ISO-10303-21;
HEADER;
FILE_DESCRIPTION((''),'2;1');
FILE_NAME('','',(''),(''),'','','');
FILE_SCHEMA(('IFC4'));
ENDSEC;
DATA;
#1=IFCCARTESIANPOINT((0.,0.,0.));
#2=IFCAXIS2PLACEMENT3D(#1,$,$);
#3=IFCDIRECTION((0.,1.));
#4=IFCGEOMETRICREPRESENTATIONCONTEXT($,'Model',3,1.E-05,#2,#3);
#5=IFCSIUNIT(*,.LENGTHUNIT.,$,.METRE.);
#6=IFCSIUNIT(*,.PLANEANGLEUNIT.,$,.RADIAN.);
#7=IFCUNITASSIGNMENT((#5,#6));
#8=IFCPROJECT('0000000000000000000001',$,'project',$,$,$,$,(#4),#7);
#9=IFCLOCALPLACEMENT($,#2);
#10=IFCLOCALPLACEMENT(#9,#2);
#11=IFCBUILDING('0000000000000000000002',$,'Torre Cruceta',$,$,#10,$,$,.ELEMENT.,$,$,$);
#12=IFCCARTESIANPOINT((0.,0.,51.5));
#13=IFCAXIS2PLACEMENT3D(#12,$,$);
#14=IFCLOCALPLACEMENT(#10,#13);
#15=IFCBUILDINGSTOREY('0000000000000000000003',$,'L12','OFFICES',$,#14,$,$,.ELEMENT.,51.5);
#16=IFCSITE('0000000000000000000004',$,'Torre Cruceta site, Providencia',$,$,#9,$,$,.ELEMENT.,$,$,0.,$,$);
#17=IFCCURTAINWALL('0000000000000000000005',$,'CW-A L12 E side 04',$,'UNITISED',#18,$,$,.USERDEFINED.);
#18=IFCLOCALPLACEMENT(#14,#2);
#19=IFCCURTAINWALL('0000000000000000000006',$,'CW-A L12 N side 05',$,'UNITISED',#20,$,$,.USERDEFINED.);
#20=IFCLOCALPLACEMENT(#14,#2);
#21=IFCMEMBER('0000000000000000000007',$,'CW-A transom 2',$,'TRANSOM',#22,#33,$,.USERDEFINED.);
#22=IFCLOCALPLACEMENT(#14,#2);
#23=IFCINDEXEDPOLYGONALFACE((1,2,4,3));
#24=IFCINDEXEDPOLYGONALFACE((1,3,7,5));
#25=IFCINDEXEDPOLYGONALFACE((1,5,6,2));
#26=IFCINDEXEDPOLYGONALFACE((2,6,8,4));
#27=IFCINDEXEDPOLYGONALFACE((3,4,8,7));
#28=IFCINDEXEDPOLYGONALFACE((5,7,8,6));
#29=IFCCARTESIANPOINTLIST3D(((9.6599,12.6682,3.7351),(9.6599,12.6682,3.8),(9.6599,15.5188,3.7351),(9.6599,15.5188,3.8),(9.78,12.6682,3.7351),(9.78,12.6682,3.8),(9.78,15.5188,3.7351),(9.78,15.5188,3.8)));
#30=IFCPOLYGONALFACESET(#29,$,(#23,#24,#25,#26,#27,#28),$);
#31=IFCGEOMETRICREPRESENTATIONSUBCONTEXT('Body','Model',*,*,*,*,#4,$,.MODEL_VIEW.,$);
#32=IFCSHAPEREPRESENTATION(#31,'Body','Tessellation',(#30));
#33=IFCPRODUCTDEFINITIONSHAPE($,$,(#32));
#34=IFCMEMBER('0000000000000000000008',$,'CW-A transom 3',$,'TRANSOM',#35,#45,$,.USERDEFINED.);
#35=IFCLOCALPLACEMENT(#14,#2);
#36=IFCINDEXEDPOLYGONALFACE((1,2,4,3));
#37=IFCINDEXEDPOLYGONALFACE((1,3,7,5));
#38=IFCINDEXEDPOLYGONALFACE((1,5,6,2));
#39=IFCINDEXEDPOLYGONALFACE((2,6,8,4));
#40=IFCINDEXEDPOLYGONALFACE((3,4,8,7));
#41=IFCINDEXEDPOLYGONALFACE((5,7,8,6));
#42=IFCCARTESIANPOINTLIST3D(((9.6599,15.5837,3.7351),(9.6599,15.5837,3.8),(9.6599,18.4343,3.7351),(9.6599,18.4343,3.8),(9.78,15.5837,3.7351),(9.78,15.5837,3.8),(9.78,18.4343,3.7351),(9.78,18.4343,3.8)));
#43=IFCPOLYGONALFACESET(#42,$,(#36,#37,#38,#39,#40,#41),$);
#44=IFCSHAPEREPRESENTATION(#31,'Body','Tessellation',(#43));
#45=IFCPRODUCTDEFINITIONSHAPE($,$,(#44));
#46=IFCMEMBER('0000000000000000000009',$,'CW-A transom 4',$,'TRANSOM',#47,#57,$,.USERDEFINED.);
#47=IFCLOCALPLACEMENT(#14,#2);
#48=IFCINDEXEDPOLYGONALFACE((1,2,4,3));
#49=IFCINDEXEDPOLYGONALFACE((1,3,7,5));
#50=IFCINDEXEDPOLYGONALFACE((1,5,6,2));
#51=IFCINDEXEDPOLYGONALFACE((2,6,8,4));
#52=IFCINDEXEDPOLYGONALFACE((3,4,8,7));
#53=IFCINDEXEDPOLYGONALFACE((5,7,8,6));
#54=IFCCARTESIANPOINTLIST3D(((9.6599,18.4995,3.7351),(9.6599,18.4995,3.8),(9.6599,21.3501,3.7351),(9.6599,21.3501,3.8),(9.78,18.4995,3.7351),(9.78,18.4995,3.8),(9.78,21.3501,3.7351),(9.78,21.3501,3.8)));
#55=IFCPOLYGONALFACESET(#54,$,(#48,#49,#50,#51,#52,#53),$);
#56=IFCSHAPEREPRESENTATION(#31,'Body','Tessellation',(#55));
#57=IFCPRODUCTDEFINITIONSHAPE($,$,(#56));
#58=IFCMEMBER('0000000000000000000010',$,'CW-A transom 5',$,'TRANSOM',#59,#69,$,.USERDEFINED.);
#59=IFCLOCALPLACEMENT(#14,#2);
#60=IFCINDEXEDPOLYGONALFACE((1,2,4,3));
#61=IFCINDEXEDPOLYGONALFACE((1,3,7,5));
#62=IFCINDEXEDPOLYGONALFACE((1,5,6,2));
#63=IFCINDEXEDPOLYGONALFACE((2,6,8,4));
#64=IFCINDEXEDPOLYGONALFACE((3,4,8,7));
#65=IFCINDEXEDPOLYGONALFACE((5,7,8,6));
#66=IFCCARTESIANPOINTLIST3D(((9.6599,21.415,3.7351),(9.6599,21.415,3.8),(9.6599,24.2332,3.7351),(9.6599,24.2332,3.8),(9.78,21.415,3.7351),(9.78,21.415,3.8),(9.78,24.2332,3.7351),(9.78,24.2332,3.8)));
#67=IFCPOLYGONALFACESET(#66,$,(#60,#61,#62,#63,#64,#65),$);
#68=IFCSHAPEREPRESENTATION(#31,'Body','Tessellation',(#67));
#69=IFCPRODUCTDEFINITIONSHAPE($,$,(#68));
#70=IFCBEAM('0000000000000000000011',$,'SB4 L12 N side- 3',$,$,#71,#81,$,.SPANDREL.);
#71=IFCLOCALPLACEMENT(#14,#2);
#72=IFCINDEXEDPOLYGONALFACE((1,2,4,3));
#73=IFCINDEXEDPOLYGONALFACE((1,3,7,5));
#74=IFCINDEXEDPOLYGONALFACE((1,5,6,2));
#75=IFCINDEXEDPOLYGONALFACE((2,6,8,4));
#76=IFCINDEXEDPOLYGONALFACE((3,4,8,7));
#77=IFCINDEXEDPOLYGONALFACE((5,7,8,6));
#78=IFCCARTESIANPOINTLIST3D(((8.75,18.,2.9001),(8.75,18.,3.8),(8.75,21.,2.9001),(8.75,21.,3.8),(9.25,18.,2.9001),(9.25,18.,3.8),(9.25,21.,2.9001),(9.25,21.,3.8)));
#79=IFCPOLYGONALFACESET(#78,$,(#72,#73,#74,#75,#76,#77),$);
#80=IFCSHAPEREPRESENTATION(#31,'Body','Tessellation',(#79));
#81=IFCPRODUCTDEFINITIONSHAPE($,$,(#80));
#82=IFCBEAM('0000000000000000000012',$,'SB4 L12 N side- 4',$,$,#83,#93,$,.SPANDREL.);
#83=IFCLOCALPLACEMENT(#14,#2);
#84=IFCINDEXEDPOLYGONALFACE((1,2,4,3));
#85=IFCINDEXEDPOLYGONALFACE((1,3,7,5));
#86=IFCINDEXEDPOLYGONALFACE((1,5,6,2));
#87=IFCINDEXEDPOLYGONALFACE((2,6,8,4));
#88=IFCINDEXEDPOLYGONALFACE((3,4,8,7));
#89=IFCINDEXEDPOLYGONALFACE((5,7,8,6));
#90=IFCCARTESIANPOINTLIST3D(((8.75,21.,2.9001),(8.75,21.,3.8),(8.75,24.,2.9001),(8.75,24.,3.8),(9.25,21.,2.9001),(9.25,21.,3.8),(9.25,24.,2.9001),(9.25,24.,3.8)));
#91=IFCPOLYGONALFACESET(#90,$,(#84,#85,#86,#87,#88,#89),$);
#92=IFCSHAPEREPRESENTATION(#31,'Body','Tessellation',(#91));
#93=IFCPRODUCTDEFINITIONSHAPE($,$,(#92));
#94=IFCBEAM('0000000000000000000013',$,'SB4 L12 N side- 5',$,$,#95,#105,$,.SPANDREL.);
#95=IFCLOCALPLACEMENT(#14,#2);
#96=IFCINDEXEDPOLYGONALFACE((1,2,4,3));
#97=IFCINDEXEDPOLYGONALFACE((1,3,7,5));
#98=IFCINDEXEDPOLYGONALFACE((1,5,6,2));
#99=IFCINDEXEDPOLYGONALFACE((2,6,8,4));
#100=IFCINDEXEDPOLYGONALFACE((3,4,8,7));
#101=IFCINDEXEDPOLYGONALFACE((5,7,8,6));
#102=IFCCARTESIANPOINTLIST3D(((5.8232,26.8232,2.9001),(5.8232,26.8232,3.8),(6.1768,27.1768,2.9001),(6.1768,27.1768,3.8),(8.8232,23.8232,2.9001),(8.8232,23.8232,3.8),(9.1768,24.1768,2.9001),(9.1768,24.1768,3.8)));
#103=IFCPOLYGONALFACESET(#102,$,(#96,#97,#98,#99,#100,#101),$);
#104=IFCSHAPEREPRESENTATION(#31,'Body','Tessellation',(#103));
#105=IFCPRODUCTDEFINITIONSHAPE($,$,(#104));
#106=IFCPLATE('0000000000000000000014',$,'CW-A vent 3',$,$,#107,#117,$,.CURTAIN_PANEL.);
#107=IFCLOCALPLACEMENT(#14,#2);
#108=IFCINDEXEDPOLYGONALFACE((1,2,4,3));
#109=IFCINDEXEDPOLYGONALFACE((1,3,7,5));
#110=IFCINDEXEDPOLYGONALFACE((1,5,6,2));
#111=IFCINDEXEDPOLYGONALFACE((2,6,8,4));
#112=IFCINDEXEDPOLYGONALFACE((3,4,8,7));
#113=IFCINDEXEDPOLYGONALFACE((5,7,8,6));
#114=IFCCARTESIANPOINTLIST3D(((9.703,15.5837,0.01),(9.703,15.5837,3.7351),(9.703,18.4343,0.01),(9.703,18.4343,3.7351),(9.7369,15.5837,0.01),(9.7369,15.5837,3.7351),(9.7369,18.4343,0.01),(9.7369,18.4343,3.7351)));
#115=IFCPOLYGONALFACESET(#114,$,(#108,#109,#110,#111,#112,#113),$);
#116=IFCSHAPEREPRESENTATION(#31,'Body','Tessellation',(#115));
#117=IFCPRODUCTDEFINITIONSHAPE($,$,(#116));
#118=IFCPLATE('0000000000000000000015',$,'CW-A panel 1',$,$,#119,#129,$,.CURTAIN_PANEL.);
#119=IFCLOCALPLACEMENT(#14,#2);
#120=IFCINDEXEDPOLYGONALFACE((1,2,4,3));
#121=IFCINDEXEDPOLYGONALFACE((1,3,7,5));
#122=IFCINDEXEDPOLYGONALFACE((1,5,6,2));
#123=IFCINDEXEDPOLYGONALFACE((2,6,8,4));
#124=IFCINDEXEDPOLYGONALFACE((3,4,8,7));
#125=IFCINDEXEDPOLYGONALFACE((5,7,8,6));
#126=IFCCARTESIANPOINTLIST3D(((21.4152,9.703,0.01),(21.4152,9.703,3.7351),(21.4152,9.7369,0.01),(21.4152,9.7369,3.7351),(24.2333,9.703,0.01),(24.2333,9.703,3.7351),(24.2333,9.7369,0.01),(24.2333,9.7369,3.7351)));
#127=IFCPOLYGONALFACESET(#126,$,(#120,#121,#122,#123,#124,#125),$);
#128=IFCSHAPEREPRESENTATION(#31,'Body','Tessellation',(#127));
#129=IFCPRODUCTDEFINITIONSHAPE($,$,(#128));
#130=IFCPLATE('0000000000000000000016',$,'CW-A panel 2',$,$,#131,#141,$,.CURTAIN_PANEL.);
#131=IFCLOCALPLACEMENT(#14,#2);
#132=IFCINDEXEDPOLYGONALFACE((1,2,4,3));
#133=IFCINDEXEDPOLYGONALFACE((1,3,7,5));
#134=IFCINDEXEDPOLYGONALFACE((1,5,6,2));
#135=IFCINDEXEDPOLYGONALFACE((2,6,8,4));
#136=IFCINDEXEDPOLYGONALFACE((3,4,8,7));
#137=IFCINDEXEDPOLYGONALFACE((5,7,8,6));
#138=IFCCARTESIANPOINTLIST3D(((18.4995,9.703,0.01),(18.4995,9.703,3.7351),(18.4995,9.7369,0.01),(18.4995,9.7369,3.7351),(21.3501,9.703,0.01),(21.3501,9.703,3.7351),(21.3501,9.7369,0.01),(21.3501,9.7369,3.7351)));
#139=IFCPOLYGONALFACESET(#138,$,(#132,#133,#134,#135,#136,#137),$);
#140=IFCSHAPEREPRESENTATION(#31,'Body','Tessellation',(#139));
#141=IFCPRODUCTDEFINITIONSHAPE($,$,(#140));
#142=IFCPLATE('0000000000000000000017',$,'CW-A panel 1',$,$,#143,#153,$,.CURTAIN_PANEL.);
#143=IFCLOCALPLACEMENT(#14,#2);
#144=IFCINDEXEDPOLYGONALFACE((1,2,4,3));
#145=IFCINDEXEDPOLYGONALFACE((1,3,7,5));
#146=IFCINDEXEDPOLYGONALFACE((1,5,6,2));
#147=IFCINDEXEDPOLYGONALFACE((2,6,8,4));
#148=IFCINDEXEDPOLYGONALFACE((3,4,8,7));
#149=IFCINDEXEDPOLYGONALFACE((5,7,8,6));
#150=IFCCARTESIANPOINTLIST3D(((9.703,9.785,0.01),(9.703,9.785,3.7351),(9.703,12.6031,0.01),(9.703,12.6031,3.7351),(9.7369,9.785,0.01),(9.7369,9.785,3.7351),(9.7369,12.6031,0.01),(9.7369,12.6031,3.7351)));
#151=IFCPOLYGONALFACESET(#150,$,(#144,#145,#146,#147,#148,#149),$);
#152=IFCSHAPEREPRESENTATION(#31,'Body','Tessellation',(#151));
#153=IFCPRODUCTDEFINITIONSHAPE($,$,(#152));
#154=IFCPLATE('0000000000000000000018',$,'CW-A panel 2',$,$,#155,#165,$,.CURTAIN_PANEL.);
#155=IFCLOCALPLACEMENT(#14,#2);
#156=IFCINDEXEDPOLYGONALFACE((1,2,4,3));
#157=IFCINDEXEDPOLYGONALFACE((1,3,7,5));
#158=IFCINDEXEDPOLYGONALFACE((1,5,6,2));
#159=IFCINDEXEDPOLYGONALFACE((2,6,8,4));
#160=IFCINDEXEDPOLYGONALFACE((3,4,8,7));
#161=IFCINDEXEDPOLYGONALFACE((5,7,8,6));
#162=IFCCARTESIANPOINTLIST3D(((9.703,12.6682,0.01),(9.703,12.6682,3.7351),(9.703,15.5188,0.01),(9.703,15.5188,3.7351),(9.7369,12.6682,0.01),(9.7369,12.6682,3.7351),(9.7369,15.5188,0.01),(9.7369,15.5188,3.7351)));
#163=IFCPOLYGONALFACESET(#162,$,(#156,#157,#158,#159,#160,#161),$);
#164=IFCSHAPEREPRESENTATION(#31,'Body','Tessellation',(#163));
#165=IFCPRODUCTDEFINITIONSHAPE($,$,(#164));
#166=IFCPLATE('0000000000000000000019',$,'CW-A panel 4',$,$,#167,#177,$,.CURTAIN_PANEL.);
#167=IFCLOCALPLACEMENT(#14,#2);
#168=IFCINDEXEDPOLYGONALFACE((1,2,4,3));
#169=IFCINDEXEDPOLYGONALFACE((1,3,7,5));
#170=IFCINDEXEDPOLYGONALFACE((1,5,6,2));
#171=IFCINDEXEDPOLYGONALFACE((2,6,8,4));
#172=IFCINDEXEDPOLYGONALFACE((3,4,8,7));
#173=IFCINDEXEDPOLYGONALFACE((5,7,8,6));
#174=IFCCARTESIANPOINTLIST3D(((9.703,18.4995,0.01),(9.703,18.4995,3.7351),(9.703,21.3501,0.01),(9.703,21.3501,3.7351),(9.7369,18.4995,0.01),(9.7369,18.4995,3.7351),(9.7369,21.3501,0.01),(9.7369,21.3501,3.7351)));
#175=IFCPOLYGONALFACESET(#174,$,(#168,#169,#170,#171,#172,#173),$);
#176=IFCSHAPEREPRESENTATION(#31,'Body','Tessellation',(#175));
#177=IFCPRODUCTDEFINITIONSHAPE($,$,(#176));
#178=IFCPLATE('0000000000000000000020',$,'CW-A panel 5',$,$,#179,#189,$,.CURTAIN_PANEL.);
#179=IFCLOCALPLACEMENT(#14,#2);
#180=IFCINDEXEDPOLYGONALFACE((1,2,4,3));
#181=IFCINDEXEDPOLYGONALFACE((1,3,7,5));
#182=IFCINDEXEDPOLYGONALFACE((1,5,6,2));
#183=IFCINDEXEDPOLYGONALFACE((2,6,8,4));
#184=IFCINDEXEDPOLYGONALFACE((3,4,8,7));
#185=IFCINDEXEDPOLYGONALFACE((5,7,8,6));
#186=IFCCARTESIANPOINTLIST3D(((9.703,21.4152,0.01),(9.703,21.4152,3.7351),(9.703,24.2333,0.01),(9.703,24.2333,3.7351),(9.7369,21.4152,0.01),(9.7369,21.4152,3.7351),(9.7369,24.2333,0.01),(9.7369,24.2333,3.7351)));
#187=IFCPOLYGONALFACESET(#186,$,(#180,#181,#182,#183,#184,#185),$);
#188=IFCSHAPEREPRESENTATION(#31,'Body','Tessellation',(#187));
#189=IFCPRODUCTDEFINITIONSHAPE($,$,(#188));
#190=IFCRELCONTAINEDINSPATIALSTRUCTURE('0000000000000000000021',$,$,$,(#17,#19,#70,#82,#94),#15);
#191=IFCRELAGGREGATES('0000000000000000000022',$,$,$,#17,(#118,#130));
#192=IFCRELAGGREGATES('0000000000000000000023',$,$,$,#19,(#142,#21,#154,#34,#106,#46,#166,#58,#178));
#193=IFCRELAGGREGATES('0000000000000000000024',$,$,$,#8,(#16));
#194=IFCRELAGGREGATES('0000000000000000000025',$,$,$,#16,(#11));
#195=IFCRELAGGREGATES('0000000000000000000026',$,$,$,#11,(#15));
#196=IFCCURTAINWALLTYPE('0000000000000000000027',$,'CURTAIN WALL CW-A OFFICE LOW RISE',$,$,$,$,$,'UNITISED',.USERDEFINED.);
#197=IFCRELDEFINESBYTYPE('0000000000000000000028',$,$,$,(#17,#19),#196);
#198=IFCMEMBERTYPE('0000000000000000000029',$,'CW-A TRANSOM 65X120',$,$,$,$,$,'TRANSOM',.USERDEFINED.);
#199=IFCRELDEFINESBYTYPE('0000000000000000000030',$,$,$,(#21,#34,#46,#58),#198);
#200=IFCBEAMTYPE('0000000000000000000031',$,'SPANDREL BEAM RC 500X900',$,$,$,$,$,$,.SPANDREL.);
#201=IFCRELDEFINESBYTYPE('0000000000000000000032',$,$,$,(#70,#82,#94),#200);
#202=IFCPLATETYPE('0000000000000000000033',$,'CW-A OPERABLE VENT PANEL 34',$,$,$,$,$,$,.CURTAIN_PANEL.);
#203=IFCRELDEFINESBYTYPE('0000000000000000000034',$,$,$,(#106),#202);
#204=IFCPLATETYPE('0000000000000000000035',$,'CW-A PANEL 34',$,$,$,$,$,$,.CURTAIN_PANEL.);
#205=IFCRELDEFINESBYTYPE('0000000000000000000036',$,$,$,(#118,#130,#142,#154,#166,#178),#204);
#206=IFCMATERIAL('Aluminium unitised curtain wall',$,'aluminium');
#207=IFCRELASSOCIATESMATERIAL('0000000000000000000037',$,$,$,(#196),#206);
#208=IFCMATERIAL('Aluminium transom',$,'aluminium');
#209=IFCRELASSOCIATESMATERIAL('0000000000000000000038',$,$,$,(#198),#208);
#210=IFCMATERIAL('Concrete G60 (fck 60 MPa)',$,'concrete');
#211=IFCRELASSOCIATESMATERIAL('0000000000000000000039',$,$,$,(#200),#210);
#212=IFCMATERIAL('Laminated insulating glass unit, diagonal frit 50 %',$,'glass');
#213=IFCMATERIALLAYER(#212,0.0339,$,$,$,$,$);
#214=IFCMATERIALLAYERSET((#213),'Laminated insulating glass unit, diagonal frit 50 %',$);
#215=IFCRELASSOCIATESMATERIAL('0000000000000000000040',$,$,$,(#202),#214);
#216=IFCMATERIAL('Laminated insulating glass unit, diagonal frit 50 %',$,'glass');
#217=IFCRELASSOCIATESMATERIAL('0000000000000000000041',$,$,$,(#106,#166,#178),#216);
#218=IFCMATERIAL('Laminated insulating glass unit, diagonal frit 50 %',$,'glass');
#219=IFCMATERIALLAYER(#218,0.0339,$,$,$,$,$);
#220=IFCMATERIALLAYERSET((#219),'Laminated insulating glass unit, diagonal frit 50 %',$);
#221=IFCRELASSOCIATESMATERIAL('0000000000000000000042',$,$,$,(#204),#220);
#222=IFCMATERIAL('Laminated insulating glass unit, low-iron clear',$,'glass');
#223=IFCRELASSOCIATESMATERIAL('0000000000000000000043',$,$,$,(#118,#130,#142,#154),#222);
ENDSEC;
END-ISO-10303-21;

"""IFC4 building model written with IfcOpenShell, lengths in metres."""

from ifc_helpers import new_model, si_unit, direction, frame, origin, origin_2d, place, context, subcontext, project, spatial, rectangle, extrude, material, layer, layer_set, material_profile, profile_set, type_object, element, aggregate, save


model = new_model("IFC4")

# Units and contexts
model_context = context("Model", 3, precision=1e-05, world=origin(), true_north=direction((0.0, 1.0)))
body_context = subcontext(model_context, "Body", "Model", "MODEL_VIEW")
ifc_project = project(units=[si_unit("LENGTHUNIT", "METRE"), si_unit("PLANEANGLEUNIT", "RADIAN")], contexts=[model_context])

# Site, building, storey
site_placement = place(None, origin())
site = spatial("IfcSite", under=ifc_project, at=site_placement, Name="Torre Cruceta site, Providencia", CompositionType="ELEMENT", RefElevation=0.0)
building_placement = place(site_placement, origin())
building = spatial("IfcBuilding", under=site, at=building_placement, Name="Torre Cruceta", CompositionType="ELEMENT")
storey_placement = place(building_placement, frame((0.0, 0.0, 51.5)))
storey = spatial("IfcBuildingStorey", under=building, at=storey_placement, Name="L12", Description="OFFICES", CompositionType="ELEMENT", Elevation=51.5)

# Curtain walls
ifc_material_1 = material(Name="Aluminium unitised curtain wall", Category="aluminium")
curtain_wall_type = type_object("IfcCurtainWallType", Name="CURTAIN WALL CW-A OFFICE LOW RISE", ElementType="UNITISED", PredefinedType="USERDEFINED", material=ifc_material_1)
curtain_wall_1_placement = place(storey_placement, origin())
curtain_wall_1 = element("IfcCurtainWall", 1, at=curtain_wall_1_placement, inside=storey, type_object=curtain_wall_type, Name="CW-A L12 E side 04", ObjectType="UNITISED", PredefinedType="USERDEFINED")
curtain_wall_2_placement = place(storey_placement, origin())
curtain_wall_2 = element("IfcCurtainWall", 2, at=curtain_wall_2_placement, inside=storey, type_object=curtain_wall_type, Name="CW-A L12 N side 05", ObjectType="UNITISED", PredefinedType="USERDEFINED")

# Members
ifc_material_2 = material(Name="Aluminium transom", Category="aluminium")
ifc_material_profile_1 = material_profile(ifc_material_2, rectangle(XDim=0.1201, YDim=0.0649, at=origin_2d()), Name="AL 120X65")
ifc_profile_set_1 = profile_set([ifc_material_profile_1], Name="Aluminium transom")
member_type_1 = type_object("IfcMemberType", Name="CW-A TRANSOM 65X120", ElementType="TRANSOM", PredefinedType="USERDEFINED", material=ifc_profile_set_1)
member_1_placement = place(storey_placement, frame((9.72, 12.6682, 3.7676), z_axis=(0.0, 1.0, 0.0), x_axis=(-1.0, 0.0, 0.0)))
member_1 = element("IfcMember", 3, at=member_1_placement, type_object=member_type_1, Name="CW-A transom 2", ObjectType="TRANSOM", PredefinedType="USERDEFINED", context=body_context, shape_type="SweptSolid", body=[
    extrude(rectangle(XDim=0.1201, YDim=0.0649, at=origin_2d()), origin(), (0.0, 0.0, 1.0), 2.8506),
])
member_2_placement = place(storey_placement, frame((9.72, 15.5837, 3.7676), z_axis=(0.0, 1.0, 0.0), x_axis=(-1.0, 0.0, 0.0)))
member_2 = element("IfcMember", 4, at=member_2_placement, type_object=member_type_1, Name="CW-A transom 3", ObjectType="TRANSOM", PredefinedType="USERDEFINED", context=body_context, shape_type="SweptSolid", body=[
    extrude(rectangle(XDim=0.1201, YDim=0.0649, at=origin_2d()), origin(), (0.0, 0.0, 1.0), 2.8506),
])
member_3_placement = place(storey_placement, frame((9.72, 18.4995, 3.7676), z_axis=(0.0, 1.0, 0.0), x_axis=(-1.0, 0.0, 0.0)))
member_3 = element("IfcMember", 5, at=member_3_placement, type_object=member_type_1, Name="CW-A transom 4", ObjectType="TRANSOM", PredefinedType="USERDEFINED", context=body_context, shape_type="SweptSolid", body=[
    extrude(rectangle(XDim=0.1201, YDim=0.0649, at=origin_2d()), origin(), (0.0, 0.0, 1.0), 2.8506),
])
member_4_placement = place(storey_placement, frame((9.72, 21.415, 3.7676), z_axis=(0.0, 1.0, 0.0), x_axis=(-1.0, 0.0, 0.0)))
member_4 = element("IfcMember", 6, at=member_4_placement, type_object=member_type_1, Name="CW-A transom 5", ObjectType="TRANSOM", PredefinedType="USERDEFINED", context=body_context, shape_type="SweptSolid", body=[
    extrude(rectangle(XDim=0.1201, YDim=0.0649, at=origin_2d()), origin(), (0.0, 0.0, 1.0), 2.8181),
])

# Beams
ifc_material_3 = material(Name="Concrete G60 (fck 60 MPa)", Category="concrete")
ifc_material_profile_2 = material_profile(ifc_material_3, rectangle(XDim=0.5, YDim=0.8999, at=origin_2d()), Name="RC 500X900")
ifc_profile_set_2 = profile_set([ifc_material_profile_2], Name="Concrete G60 (fck 60 MPa)")
beam_type_1 = type_object("IfcBeamType", Name="SPANDREL BEAM RC 500X900", PredefinedType="SPANDREL", material=ifc_profile_set_2)
for number, where, z_axis, x_axis, name in (
    (7, (9.0, 18.0, 3.3501), (0.0, 1.0, 0.0), (-1.0, 0.0, 0.0), "SB4 L12 N side- 3"),
    (8, (9.0, 21.0, 3.3501), (0.0, 1.0, 0.0), (-1.0, 0.0, 0.0), "SB4 L12 N side- 4"),
):
    element("IfcBeam", number, at=place(storey_placement, frame(where, z_axis=z_axis, x_axis=x_axis)), inside=storey, type_object=beam_type_1, Name=name, PredefinedType="SPANDREL", context=body_context, shape_type="SweptSolid", body=[
        extrude(rectangle(XDim=0.5, YDim=0.8999, at=origin_2d()), origin(), (0.0, 0.0, 1.0), 3.0),
    ])
beam_placement = place(storey_placement, frame((9.0, 24.0, 3.3501), z_axis=(-0.707107, 0.707107, 0.0), x_axis=(-0.707107, -0.707107, 0.0)))
element("IfcBeam", 9, at=beam_placement, inside=storey, type_object=beam_type_1, Name="SB4 L12 N side- 5", PredefinedType="SPANDREL", context=body_context, shape_type="SweptSolid", body=[
    extrude(rectangle(XDim=0.5, YDim=0.8999, at=origin_2d()), origin(), (0.0, 0.0, 1.0), 4.2427),
])

# Plates
ifc_material_4 = material(Name="Laminated insulating glass unit, diagonal frit 50 %", Category="glass")
ifc_material_5 = material(Name="Laminated insulating glass unit, diagonal frit 50 %", Category="glass")
ifc_layer_1 = layer(ifc_material_5, 0.0339)
ifc_layer_set_1 = layer_set([ifc_layer_1], Name="Laminated insulating glass unit, diagonal frit 50 %")
plate_type_1 = type_object("IfcPlateType", Name="CW-A OPERABLE VENT PANEL 34", PredefinedType="CURTAIN_PANEL", material=ifc_layer_set_1)
plate_1_placement = place(storey_placement, frame((9.72, 17.009, 0.01), z_axis=(0.0, 0.0, 1.0), x_axis=(0.0, 1.0, 0.0)))
plate_1 = element("IfcPlate", 10, at=plate_1_placement, type_object=plate_type_1, material=ifc_material_4, Name="CW-A vent 3", PredefinedType="CURTAIN_PANEL", context=body_context, shape_type="SweptSolid", body=[
    extrude(rectangle(XDim=2.8506, YDim=0.0339, at=origin_2d()), origin(), (0.0, 0.0, 1.0), 3.7251),
])
ifc_material_6 = material(Name="Laminated insulating glass unit, low-iron clear", Category="glass")
ifc_material_7 = material(Name="Laminated insulating glass unit, diagonal frit 50 %", Category="glass")
ifc_layer_2 = layer(ifc_material_7, 0.0339)
ifc_layer_set_2 = layer_set([ifc_layer_2], Name="Laminated insulating glass unit, diagonal frit 50 %")
plate_type_2 = type_object("IfcPlateType", Name="CW-A PANEL 34", PredefinedType="CURTAIN_PANEL", material=ifc_layer_set_2)
plate_2_placement = place(storey_placement, frame((22.8242, 9.72, 0.01), z_axis=(0.0, 0.0, 1.0), x_axis=(-1.0, 0.0, 0.0)))
plate_2 = element("IfcPlate", 11, at=plate_2_placement, type_object=plate_type_2, material=ifc_material_6, Name="CW-A panel 1", PredefinedType="CURTAIN_PANEL", context=body_context, shape_type="SweptSolid", body=[
    extrude(rectangle(XDim=2.8181, YDim=0.0339, at=origin_2d()), origin(), (0.0, 0.0, 1.0), 3.7251),
])
plate_3_placement = place(storey_placement, frame((19.9248, 9.72, 0.01), z_axis=(0.0, 0.0, 1.0), x_axis=(-1.0, 0.0, 0.0)))
plate_3 = element("IfcPlate", 12, at=plate_3_placement, type_object=plate_type_2, material=ifc_material_6, Name="CW-A panel 2", PredefinedType="CURTAIN_PANEL", context=body_context, shape_type="SweptSolid", body=[
    extrude(rectangle(XDim=2.8506, YDim=0.0339, at=origin_2d()), origin(), (0.0, 0.0, 1.0), 3.7251),
])
aggregate(curtain_wall_1, [plate_2, plate_3])
plate_4_placement = place(storey_placement, frame((9.72, 11.1941, 0.01), z_axis=(0.0, 0.0, 1.0), x_axis=(0.0, 1.0, 0.0)))
plate_4 = element("IfcPlate", 13, at=plate_4_placement, type_object=plate_type_2, material=ifc_material_6, Name="CW-A panel 1", PredefinedType="CURTAIN_PANEL", context=body_context, shape_type="SweptSolid", body=[
    extrude(rectangle(XDim=2.8181, YDim=0.0339, at=origin_2d()), origin(), (0.0, 0.0, 1.0), 3.7251),
])
plate_5_placement = place(storey_placement, frame((9.72, 14.0935, 0.01), z_axis=(0.0, 0.0, 1.0), x_axis=(0.0, 1.0, 0.0)))
plate_5 = element("IfcPlate", 14, at=plate_5_placement, type_object=plate_type_2, material=ifc_material_6, Name="CW-A panel 2", PredefinedType="CURTAIN_PANEL", context=body_context, shape_type="SweptSolid", body=[
    extrude(rectangle(XDim=2.8506, YDim=0.0339, at=origin_2d()), origin(), (0.0, 0.0, 1.0), 3.7251),
])
plate_6_placement = place(storey_placement, frame((9.72, 19.9248, 0.01), z_axis=(0.0, 0.0, 1.0), x_axis=(0.0, 1.0, 0.0)))
plate_6 = element("IfcPlate", 15, at=plate_6_placement, type_object=plate_type_2, material=ifc_material_4, Name="CW-A panel 4", PredefinedType="CURTAIN_PANEL", context=body_context, shape_type="SweptSolid", body=[
    extrude(rectangle(XDim=2.8506, YDim=0.0339, at=origin_2d()), origin(), (0.0, 0.0, 1.0), 3.7251),
])
plate_7_placement = place(storey_placement, frame((9.72, 22.8242, 0.01), z_axis=(0.0, 0.0, 1.0), x_axis=(0.0, 1.0, 0.0)))
plate_7 = element("IfcPlate", 16, at=plate_7_placement, type_object=plate_type_2, material=ifc_material_4, Name="CW-A panel 5", PredefinedType="CURTAIN_PANEL", context=body_context, shape_type="SweptSolid", body=[
    extrude(rectangle(XDim=2.8181, YDim=0.0339, at=origin_2d()), origin(), (0.0, 0.0, 1.0), 3.7251),
])
aggregate(curtain_wall_2, [plate_4, member_1, plate_5, member_2, plate_1, member_3, plate_6, member_4, plate_7])

save(model, "model.ifc")
